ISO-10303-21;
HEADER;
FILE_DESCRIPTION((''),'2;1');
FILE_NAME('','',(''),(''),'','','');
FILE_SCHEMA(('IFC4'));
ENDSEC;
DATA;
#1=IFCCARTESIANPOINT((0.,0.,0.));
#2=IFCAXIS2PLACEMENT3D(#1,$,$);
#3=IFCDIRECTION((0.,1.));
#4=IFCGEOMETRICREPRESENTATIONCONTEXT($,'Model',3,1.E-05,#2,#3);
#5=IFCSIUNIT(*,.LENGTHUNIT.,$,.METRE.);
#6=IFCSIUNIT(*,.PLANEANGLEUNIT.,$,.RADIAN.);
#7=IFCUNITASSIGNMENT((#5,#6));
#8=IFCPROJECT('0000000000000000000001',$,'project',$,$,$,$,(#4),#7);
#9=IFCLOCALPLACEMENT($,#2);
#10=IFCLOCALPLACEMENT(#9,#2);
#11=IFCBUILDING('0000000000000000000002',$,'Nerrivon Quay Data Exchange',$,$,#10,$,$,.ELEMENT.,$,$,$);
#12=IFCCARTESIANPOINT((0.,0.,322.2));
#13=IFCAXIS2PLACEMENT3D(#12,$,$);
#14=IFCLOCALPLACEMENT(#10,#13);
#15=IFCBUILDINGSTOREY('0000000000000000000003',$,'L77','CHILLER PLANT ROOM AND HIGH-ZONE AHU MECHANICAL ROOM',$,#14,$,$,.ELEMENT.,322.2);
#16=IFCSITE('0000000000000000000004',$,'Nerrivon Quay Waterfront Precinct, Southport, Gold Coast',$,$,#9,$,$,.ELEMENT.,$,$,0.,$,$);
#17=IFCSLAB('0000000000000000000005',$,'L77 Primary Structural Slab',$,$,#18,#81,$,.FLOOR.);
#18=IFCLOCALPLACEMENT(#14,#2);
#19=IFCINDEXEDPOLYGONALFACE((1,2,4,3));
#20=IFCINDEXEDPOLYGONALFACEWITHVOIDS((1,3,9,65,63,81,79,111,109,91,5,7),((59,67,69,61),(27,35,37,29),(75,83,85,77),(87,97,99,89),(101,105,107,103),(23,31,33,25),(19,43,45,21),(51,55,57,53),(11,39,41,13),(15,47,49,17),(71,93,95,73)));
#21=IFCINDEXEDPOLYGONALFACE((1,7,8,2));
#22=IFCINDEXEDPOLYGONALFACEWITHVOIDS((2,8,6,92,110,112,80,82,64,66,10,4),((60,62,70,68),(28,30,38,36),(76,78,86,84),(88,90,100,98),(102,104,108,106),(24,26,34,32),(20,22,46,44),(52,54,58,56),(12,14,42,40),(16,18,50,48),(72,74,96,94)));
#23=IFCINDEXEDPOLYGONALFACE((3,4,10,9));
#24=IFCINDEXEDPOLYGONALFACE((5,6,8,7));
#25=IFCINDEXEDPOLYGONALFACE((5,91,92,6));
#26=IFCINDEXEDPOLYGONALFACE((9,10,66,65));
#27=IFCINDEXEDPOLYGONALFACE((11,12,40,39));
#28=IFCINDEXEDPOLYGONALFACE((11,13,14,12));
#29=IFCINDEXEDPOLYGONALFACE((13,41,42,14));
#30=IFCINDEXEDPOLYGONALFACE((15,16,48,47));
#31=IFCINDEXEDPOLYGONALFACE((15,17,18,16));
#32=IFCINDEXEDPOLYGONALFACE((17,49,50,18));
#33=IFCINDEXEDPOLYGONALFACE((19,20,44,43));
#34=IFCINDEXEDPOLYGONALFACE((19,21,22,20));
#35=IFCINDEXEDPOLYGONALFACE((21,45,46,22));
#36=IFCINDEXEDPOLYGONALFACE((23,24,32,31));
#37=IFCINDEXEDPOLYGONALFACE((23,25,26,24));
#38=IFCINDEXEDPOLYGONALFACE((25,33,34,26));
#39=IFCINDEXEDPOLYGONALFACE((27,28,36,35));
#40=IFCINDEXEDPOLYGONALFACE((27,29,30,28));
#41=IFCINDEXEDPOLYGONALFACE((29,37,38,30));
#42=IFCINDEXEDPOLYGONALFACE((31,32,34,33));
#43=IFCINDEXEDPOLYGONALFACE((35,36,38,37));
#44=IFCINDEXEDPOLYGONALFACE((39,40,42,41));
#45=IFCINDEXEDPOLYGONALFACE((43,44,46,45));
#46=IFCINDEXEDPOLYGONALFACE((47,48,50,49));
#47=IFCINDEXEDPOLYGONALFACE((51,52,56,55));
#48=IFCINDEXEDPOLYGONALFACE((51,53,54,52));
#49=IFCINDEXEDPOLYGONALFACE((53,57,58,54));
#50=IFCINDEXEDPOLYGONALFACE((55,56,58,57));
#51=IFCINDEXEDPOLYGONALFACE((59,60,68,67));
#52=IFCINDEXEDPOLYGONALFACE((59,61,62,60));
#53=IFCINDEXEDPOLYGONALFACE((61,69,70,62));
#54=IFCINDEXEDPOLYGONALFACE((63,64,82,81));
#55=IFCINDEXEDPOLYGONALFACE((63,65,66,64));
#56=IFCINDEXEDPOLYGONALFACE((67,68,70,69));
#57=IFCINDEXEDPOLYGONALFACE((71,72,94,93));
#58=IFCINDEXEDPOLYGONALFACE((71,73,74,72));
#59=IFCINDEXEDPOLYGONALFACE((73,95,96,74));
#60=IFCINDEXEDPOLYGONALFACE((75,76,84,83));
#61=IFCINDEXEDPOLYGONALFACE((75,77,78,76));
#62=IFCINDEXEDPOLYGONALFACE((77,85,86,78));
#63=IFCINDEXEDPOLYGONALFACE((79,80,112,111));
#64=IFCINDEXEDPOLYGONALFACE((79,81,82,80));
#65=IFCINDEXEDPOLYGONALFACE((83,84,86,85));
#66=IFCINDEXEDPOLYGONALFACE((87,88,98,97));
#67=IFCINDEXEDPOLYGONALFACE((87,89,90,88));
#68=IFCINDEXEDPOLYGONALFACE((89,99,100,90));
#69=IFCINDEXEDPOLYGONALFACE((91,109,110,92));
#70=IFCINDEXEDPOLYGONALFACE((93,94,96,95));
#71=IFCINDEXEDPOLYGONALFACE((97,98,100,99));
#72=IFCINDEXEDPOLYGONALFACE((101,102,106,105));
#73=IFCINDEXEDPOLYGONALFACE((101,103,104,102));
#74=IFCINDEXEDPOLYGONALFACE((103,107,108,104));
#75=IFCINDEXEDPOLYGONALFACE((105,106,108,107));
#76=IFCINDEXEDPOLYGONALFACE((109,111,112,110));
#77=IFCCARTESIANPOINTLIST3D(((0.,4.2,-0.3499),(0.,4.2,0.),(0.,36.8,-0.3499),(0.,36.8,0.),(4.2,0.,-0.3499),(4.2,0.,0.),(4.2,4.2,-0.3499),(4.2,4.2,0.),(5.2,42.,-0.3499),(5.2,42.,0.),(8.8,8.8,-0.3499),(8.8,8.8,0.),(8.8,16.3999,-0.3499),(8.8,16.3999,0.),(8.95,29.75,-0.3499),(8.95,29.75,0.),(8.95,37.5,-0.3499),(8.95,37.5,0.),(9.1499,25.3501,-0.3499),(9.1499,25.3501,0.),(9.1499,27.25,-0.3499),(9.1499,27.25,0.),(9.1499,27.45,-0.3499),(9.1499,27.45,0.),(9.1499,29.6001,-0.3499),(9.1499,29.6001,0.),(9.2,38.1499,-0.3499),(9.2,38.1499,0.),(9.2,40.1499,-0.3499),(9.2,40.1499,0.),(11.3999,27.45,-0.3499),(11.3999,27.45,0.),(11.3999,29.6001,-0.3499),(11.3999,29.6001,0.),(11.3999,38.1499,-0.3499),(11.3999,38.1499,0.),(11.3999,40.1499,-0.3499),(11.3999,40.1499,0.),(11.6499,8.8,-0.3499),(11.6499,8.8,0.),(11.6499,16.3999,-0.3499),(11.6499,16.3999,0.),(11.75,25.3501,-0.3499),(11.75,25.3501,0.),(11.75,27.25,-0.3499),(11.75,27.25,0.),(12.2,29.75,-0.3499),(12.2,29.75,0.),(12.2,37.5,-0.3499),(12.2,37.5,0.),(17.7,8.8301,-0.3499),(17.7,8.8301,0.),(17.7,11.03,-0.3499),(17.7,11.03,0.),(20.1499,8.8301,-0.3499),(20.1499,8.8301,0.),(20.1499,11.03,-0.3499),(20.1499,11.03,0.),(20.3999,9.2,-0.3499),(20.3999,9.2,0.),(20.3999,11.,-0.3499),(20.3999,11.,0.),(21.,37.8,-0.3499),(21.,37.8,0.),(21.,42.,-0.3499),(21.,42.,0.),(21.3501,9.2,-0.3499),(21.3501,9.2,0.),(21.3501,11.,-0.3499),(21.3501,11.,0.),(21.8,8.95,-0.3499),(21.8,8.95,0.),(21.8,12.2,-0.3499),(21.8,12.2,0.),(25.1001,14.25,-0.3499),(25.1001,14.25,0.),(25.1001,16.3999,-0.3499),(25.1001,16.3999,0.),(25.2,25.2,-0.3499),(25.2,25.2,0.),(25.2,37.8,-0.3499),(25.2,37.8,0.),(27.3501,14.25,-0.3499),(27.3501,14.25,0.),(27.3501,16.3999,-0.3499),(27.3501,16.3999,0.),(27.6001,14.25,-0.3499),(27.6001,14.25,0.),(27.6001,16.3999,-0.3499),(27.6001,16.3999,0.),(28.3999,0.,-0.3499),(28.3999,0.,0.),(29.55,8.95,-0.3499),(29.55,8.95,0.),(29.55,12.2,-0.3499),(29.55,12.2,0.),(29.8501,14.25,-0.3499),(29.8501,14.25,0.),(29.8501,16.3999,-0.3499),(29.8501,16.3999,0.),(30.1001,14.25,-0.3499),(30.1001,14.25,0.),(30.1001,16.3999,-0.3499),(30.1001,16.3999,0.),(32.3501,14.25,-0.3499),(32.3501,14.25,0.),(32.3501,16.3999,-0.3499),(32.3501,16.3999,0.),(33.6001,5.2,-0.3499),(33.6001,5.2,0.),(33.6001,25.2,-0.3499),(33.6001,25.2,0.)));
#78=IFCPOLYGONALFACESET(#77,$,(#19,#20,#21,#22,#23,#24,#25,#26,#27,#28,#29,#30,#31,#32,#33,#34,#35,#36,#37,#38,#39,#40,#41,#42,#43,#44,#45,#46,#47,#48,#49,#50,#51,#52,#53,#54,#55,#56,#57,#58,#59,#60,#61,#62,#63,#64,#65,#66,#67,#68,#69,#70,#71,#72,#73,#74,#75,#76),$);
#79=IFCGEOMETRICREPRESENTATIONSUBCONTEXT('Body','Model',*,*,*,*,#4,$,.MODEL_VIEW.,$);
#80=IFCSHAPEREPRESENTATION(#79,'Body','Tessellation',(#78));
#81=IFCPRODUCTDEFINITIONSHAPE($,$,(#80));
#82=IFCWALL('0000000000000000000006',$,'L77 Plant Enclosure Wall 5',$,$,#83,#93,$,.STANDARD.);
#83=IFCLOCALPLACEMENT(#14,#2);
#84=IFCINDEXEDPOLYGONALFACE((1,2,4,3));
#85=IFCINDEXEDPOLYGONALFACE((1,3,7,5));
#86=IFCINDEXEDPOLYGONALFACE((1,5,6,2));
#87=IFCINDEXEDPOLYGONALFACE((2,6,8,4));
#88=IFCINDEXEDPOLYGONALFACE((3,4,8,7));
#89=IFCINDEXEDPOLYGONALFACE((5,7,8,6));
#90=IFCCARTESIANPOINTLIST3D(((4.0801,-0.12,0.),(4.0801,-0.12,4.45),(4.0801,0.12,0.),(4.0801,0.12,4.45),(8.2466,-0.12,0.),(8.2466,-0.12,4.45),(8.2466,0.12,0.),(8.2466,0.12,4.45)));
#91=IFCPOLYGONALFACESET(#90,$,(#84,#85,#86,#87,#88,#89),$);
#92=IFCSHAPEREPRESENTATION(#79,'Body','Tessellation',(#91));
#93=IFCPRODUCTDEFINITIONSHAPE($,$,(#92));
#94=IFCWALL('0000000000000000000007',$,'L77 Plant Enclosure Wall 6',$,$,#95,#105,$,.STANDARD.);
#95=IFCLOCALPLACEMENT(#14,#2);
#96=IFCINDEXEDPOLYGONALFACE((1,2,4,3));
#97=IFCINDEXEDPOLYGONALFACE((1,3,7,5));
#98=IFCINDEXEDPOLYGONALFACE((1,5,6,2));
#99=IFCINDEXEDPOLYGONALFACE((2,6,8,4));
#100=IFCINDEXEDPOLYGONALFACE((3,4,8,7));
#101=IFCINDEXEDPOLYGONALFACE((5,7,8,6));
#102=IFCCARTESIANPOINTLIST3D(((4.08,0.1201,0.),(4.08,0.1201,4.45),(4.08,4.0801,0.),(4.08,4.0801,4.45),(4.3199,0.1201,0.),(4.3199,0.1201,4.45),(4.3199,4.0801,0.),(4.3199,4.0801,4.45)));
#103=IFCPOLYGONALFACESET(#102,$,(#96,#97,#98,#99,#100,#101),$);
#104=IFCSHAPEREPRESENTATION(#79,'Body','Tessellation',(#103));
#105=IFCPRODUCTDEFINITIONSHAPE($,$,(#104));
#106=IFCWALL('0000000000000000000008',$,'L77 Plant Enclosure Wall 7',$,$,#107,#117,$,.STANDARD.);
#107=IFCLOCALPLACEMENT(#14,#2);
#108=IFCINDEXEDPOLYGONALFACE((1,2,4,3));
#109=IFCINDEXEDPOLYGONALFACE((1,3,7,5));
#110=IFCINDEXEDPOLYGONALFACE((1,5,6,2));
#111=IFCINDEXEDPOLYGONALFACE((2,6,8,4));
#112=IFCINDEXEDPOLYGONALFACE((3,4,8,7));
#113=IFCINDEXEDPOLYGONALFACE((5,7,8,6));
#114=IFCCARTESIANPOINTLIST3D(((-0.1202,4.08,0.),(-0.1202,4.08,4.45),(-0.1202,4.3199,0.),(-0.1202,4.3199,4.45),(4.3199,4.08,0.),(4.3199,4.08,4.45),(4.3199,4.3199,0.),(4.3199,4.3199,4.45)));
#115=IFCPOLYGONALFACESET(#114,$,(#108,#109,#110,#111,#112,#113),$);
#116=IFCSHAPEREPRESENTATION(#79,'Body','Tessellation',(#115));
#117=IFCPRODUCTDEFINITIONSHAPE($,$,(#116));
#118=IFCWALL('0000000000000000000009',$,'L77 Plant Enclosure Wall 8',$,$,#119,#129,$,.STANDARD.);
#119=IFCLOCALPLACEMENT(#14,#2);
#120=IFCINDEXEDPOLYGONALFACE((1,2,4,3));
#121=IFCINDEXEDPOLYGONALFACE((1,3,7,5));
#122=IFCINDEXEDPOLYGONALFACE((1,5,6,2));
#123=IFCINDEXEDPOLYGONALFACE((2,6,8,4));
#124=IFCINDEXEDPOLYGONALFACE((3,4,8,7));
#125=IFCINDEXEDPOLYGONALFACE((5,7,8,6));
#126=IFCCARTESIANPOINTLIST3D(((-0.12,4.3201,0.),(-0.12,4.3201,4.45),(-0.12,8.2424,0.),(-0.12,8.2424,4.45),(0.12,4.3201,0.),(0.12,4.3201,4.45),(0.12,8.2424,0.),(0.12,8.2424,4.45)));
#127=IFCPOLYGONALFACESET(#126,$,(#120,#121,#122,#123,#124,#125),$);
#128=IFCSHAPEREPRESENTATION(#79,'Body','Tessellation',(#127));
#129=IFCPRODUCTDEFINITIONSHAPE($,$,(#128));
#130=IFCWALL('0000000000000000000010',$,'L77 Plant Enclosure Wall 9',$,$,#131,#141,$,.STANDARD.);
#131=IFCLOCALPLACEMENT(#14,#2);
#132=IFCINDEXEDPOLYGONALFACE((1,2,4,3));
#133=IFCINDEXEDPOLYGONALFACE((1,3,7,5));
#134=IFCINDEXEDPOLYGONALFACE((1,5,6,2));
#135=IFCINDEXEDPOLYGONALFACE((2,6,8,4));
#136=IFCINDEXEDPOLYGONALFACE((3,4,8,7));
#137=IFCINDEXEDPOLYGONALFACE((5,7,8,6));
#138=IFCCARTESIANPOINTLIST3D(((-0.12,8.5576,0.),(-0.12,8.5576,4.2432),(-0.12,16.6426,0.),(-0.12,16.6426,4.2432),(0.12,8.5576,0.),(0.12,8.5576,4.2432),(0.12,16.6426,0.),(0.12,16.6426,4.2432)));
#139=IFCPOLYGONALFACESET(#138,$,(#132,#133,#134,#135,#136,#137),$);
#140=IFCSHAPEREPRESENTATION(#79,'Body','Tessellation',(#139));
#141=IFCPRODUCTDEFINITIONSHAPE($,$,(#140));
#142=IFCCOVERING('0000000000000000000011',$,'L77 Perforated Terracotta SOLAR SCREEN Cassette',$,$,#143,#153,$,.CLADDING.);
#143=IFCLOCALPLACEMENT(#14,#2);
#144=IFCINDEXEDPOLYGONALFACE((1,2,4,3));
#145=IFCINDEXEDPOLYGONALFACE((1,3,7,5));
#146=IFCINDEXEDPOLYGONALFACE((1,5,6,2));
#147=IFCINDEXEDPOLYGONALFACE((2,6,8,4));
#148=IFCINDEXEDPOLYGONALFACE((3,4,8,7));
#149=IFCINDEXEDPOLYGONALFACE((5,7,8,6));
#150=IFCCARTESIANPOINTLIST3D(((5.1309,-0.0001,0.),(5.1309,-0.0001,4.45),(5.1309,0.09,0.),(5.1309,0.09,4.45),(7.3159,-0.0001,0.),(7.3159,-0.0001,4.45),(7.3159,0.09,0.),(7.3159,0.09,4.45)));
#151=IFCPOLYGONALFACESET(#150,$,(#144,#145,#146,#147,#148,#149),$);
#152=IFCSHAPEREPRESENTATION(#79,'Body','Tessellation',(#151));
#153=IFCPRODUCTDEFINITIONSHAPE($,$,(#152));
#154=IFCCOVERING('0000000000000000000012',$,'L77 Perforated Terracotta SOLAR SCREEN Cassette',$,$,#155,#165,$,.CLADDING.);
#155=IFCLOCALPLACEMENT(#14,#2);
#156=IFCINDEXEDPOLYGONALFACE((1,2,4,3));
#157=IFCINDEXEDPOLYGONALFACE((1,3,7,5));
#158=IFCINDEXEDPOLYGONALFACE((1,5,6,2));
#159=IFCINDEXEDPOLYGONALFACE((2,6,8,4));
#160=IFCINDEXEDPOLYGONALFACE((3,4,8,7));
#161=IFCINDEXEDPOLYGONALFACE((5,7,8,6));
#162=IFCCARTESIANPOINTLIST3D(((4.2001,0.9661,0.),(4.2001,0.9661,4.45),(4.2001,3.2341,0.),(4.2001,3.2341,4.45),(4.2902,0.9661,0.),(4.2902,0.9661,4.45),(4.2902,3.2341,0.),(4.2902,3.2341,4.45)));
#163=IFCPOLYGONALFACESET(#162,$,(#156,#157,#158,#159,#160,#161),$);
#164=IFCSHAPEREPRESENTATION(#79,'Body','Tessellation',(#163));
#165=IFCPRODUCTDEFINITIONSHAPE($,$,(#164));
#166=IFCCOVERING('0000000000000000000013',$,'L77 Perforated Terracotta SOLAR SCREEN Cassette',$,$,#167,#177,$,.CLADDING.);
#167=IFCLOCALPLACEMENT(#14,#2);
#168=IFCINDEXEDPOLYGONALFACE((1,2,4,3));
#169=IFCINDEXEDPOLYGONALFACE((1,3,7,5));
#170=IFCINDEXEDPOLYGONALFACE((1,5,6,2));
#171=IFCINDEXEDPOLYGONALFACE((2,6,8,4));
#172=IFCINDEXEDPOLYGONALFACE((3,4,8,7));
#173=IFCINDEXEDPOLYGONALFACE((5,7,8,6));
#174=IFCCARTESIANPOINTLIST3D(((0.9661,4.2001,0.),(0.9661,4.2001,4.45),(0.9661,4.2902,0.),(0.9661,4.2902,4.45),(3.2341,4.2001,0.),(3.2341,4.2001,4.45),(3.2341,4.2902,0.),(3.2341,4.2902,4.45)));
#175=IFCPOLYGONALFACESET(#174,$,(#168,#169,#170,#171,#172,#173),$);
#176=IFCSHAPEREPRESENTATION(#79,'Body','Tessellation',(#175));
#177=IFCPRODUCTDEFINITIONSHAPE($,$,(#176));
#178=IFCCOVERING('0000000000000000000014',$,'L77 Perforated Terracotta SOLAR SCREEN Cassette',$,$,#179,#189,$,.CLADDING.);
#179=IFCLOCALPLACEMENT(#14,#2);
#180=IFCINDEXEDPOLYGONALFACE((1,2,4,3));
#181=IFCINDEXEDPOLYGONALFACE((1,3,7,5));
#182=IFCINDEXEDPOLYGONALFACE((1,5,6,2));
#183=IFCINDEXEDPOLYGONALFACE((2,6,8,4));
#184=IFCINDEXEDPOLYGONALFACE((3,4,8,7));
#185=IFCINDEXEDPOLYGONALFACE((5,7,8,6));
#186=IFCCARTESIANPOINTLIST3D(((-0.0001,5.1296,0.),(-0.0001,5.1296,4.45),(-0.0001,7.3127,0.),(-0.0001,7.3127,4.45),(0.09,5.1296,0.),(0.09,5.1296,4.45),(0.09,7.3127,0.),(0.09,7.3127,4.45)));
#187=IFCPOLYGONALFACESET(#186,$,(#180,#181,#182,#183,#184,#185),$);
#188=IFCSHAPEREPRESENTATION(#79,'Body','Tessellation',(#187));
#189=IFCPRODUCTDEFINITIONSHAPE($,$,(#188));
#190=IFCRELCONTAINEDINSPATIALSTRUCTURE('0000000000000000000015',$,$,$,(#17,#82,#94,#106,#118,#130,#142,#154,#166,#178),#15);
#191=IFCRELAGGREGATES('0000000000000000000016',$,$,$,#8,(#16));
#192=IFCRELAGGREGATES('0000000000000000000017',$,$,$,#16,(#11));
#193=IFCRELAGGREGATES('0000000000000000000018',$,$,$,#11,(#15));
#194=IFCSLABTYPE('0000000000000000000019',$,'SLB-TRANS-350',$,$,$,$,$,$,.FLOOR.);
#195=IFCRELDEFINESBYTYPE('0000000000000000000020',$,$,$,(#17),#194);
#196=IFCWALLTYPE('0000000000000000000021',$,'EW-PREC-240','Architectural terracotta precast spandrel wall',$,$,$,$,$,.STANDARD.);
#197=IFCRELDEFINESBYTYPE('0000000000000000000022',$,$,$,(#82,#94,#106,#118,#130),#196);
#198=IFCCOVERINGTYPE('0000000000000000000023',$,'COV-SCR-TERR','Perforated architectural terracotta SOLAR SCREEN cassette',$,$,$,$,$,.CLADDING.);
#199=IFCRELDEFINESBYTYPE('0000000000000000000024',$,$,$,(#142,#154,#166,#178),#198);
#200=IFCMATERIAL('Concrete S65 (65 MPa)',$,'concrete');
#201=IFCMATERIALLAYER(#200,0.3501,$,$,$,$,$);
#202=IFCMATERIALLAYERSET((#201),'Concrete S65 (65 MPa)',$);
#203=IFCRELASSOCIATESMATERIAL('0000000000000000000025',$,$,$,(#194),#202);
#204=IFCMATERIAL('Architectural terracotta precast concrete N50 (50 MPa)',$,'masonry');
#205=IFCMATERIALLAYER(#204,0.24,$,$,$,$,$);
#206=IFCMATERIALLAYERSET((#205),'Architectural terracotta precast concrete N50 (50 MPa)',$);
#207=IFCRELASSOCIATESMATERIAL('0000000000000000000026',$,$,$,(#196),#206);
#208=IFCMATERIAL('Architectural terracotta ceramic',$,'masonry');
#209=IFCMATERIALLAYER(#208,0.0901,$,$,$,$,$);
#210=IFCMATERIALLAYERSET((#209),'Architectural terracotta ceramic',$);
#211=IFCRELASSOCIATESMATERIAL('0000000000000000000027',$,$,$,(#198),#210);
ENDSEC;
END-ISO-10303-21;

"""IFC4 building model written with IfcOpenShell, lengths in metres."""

from ifc_helpers import new_model, si_unit, direction, frame, frame_2d, origin, origin_2d, place, context, subcontext, project, spatial, polyline, rectangle, outline, extrude, material, layer, layer_set, type_object, element, save


model = new_model("IFC4")

# Units and contexts
model_context = context("Model", 3, precision=1e-05, world=origin(), true_north=direction((0.0, 1.0)))
body_context = subcontext(model_context, "Body", "Model", "MODEL_VIEW")
ifc_project = project(units=[si_unit("LENGTHUNIT", "METRE"), si_unit("PLANEANGLEUNIT", "RADIAN")], contexts=[model_context])

# Site, building, storey
site_placement = place(None, origin())
site = spatial("IfcSite", under=ifc_project, at=site_placement, Name="Nerrivon Quay Waterfront Precinct, Southport, Gold Coast", CompositionType="ELEMENT", RefElevation=0.0)
building_placement = place(site_placement, origin())
building = spatial("IfcBuilding", under=site, at=building_placement, Name="Nerrivon Quay Data Exchange", CompositionType="ELEMENT")
storey_placement = place(building_placement, frame((0.0, 0.0, 322.2)))
storey = spatial("IfcBuildingStorey", under=building, at=storey_placement, Name="L77", Description="CHILLER PLANT ROOM AND HIGH-ZONE AHU MECHANICAL ROOM", CompositionType="ELEMENT", Elevation=322.2)

# Slab
ifc_material_1 = material(Name="Concrete S65 (65 MPa)", Category="concrete")
ifc_layer_1 = layer(ifc_material_1, 0.3501)
ifc_layer_set_1 = layer_set([ifc_layer_1], Name="Concrete S65 (65 MPa)")
slab_type_1 = type_object("IfcSlabType", Name="SLB-TRANS-350", PredefinedType="FLOOR", material=ifc_layer_set_1)
slab_1_placement = place(storey_placement, frame((0.0, 0.0, -0.3499)))
element("IfcSlab", 1, at=slab_1_placement, inside=storey, type_object=slab_type_1, Name="L77 Primary Structural Slab", PredefinedType="FLOOR", context=body_context, shape_type="SweptSolid", body=[
    extrude(outline(polyline([(33.6001, 25.2), (25.2, 25.2), (25.2, 37.8), (21.0, 37.8), (21.0, 42.0), (5.2, 42.0), (0.0, 36.8), (0.0, 4.2), (4.2, 4.2), (4.2, 0.0), (28.3999, 0.0), (33.6001, 5.2), (33.6001, 25.2)]), holes=[polyline([(8.95, 29.75), (8.95, 37.5), (12.2, 37.5), (12.2, 29.75), (8.95, 29.75)]), polyline([(21.8, 12.2), (29.55, 12.2), (29.55, 8.95), (21.8, 8.95), (21.8, 12.2)]), polyline([(8.8, 8.8), (8.8, 16.3999), (11.6499, 16.3999), (11.6499, 8.8), (8.8, 8.8)]), polyline([(30.1001, 14.25), (30.1001, 16.3999), (32.3501, 16.3999), (32.3501, 14.25), (30.1001, 14.25)]), polyline([(27.6001, 14.25), (27.6001, 16.3999), (29.8501, 16.3999), (29.8501, 14.25), (27.6001, 14.25)]), polyline([(25.1001, 14.25), (25.1001, 16.3999), (27.3501, 16.3999), (27.3501, 14.25), (25.1001, 14.25)]), polyline([(20.3999, 9.2), (20.3999, 11.0), (21.3501, 11.0), (21.3501, 9.2), (20.3999, 9.2)]), polyline([(17.7, 8.8301), (17.7, 11.03), (20.1499, 11.03), (20.1499, 8.8301), (17.7, 8.8301)]), polyline([(9.1499, 25.3501), (9.1499, 27.25), (11.75, 27.25), (11.75, 25.3501), (9.1499, 25.3501)]), polyline([(9.1499, 27.45), (9.1499, 29.6001), (11.3999, 29.6001), (11.3999, 27.45), (9.1499, 27.45)]), polyline([(9.2, 38.1499), (9.2, 40.1499), (11.3999, 40.1499), (11.3999, 38.1499), (9.2, 38.1499)])]), origin(), (0.0, 0.0, 1.0), 0.3499),
])

# Walls
ifc_material_2 = material(Name="Architectural terracotta precast concrete N50 (50 MPa)", Category="masonry")
ifc_layer_2 = layer(ifc_material_2, 0.24)
ifc_layer_set_2 = layer_set([ifc_layer_2], Name="Architectural terracotta precast concrete N50 (50 MPa)")
wall_type = type_object("IfcWallType", Name="EW-PREC-240", Description="Architectural terracotta precast spandrel wall", PredefinedType="STANDARD", material=ifc_layer_set_2)
wall_1_placement = place(storey_placement, frame((8.2466, 0.0, 0.0), z_axis=(0.0, 0.0, 1.0), x_axis=(-1.0, 0.0, 0.0)))
element("IfcWall", 2, at=wall_1_placement, inside=storey, type_object=wall_type, Name="L77 Plant Enclosure Wall 5", PredefinedType="STANDARD", context=body_context, shape_type="SweptSolid", body=[
    extrude(rectangle(XDim=4.1665, YDim=0.24, at=frame_2d((2.0833, 0.0))), origin(), (0.0, 0.0, 1.0), 4.45),
])
wall_2_placement = place(storey_placement, frame((4.2, 0.1201, 0.0), z_axis=(0.0, 0.0, 1.0), x_axis=(0.0, 1.0, 0.0)))
element("IfcWall", 3, at=wall_2_placement, inside=storey, type_object=wall_type, Name="L77 Plant Enclosure Wall 6", PredefinedType="STANDARD", context=body_context, shape_type="SweptSolid", body=[
    extrude(rectangle(XDim=3.96, YDim=0.24, at=frame_2d((1.98, 0.0))), origin(), (0.0, 0.0, 1.0), 4.45),
])
wall_3_placement = place(storey_placement, frame((4.3201, 4.2, 0.0), z_axis=(0.0, 0.0, 1.0), x_axis=(-1.0, 0.0, 0.0)))
element("IfcWall", 4, at=wall_3_placement, inside=storey, type_object=wall_type, Name="L77 Plant Enclosure Wall 7", PredefinedType="STANDARD", context=body_context, shape_type="SweptSolid", body=[
    extrude(rectangle(XDim=4.4402, YDim=0.24, at=frame_2d((2.2202, 0.0))), origin(), (0.0, 0.0, 1.0), 4.45),
])
wall_4_placement = place(storey_placement, frame((0.0, 4.3201, 0.0), z_axis=(0.0, 0.0, 1.0), x_axis=(0.0, 1.0, 0.0)))
element("IfcWall", 5, at=wall_4_placement, inside=storey, type_object=wall_type, Name="L77 Plant Enclosure Wall 8", PredefinedType="STANDARD", context=body_context, shape_type="SweptSolid", body=[
    extrude(rectangle(XDim=3.9224, YDim=0.24, at=frame_2d((1.9612, 0.0))), origin(), (0.0, 0.0, 1.0), 4.45),
])
wall_5_placement = place(storey_placement, frame((0.0, 8.5576, 0.0), z_axis=(0.0, 0.0, 1.0), x_axis=(0.0, 1.0, 0.0)))
element("IfcWall", 6, at=wall_5_placement, inside=storey, type_object=wall_type, Name="L77 Plant Enclosure Wall 9", PredefinedType="STANDARD", context=body_context, shape_type="SweptSolid", body=[
    extrude(rectangle(XDim=8.085, YDim=0.24, at=frame_2d((4.0425, 0.0))), origin(), (0.0, 0.0, 1.0), 4.2432),
])

# Coverings
ifc_material_3 = material(Name="Architectural terracotta ceramic", Category="masonry")
ifc_layer_3 = layer(ifc_material_3, 0.0901)
ifc_layer_set_3 = layer_set([ifc_layer_3], Name="Architectural terracotta ceramic")
covering_type = type_object("IfcCoveringType", Name="COV-SCR-TERR", Description="Perforated architectural terracotta SOLAR SCREEN cassette", PredefinedType="CLADDING", material=ifc_layer_set_3)
covering_1_placement = place(storey_placement, frame((6.2234, 0.0449, 0.0), z_axis=(0.0, 0.0, 1.0), x_axis=(-1.0, 0.0, 0.0)))
element("IfcCovering", 7, at=covering_1_placement, inside=storey, type_object=covering_type, Name="L77 Perforated Terracotta SOLAR SCREEN Cassette", PredefinedType="CLADDING", context=body_context, shape_type="SweptSolid", body=[
    extrude(rectangle(XDim=2.1851, YDim=0.0901, at=origin_2d()), origin(), (0.0, 0.0, 1.0), 4.45),
])
for number, where, z_axis, x_axis, name in (
    (8, (4.2451, 2.1001, 0.0), (0.0, 0.0, 1.0), (0.0, 1.0, 0.0), "L77 Perforated Terracotta SOLAR SCREEN Cassette"),
    (9, (2.1001, 4.2451, 0.0), (0.0, 0.0, 1.0), (-1.0, 0.0, 0.0), "L77 Perforated Terracotta SOLAR SCREEN Cassette"),
):
    element("IfcCovering", number, at=place(storey_placement, frame(where, z_axis=z_axis, x_axis=x_axis)), inside=storey, type_object=covering_type, Name=name, PredefinedType="CLADDING", context=body_context, shape_type="SweptSolid", body=[
        extrude(rectangle(XDim=2.2681, YDim=0.0901, at=origin_2d()), origin(), (0.0, 0.0, 1.0), 4.45),
    ])
covering_2_placement = place(storey_placement, frame((0.0449, 6.2212, 0.0), z_axis=(0.0, 0.0, 1.0), x_axis=(0.0, 1.0, 0.0)))
element("IfcCovering", 10, at=covering_2_placement, inside=storey, type_object=covering_type, Name="L77 Perforated Terracotta SOLAR SCREEN Cassette", PredefinedType="CLADDING", context=body_context, shape_type="SweptSolid", body=[
    extrude(rectangle(XDim=2.1831, YDim=0.0901, at=origin_2d()), origin(), (0.0, 0.0, 1.0), 4.45),
])

save(model, "model.ifc")
